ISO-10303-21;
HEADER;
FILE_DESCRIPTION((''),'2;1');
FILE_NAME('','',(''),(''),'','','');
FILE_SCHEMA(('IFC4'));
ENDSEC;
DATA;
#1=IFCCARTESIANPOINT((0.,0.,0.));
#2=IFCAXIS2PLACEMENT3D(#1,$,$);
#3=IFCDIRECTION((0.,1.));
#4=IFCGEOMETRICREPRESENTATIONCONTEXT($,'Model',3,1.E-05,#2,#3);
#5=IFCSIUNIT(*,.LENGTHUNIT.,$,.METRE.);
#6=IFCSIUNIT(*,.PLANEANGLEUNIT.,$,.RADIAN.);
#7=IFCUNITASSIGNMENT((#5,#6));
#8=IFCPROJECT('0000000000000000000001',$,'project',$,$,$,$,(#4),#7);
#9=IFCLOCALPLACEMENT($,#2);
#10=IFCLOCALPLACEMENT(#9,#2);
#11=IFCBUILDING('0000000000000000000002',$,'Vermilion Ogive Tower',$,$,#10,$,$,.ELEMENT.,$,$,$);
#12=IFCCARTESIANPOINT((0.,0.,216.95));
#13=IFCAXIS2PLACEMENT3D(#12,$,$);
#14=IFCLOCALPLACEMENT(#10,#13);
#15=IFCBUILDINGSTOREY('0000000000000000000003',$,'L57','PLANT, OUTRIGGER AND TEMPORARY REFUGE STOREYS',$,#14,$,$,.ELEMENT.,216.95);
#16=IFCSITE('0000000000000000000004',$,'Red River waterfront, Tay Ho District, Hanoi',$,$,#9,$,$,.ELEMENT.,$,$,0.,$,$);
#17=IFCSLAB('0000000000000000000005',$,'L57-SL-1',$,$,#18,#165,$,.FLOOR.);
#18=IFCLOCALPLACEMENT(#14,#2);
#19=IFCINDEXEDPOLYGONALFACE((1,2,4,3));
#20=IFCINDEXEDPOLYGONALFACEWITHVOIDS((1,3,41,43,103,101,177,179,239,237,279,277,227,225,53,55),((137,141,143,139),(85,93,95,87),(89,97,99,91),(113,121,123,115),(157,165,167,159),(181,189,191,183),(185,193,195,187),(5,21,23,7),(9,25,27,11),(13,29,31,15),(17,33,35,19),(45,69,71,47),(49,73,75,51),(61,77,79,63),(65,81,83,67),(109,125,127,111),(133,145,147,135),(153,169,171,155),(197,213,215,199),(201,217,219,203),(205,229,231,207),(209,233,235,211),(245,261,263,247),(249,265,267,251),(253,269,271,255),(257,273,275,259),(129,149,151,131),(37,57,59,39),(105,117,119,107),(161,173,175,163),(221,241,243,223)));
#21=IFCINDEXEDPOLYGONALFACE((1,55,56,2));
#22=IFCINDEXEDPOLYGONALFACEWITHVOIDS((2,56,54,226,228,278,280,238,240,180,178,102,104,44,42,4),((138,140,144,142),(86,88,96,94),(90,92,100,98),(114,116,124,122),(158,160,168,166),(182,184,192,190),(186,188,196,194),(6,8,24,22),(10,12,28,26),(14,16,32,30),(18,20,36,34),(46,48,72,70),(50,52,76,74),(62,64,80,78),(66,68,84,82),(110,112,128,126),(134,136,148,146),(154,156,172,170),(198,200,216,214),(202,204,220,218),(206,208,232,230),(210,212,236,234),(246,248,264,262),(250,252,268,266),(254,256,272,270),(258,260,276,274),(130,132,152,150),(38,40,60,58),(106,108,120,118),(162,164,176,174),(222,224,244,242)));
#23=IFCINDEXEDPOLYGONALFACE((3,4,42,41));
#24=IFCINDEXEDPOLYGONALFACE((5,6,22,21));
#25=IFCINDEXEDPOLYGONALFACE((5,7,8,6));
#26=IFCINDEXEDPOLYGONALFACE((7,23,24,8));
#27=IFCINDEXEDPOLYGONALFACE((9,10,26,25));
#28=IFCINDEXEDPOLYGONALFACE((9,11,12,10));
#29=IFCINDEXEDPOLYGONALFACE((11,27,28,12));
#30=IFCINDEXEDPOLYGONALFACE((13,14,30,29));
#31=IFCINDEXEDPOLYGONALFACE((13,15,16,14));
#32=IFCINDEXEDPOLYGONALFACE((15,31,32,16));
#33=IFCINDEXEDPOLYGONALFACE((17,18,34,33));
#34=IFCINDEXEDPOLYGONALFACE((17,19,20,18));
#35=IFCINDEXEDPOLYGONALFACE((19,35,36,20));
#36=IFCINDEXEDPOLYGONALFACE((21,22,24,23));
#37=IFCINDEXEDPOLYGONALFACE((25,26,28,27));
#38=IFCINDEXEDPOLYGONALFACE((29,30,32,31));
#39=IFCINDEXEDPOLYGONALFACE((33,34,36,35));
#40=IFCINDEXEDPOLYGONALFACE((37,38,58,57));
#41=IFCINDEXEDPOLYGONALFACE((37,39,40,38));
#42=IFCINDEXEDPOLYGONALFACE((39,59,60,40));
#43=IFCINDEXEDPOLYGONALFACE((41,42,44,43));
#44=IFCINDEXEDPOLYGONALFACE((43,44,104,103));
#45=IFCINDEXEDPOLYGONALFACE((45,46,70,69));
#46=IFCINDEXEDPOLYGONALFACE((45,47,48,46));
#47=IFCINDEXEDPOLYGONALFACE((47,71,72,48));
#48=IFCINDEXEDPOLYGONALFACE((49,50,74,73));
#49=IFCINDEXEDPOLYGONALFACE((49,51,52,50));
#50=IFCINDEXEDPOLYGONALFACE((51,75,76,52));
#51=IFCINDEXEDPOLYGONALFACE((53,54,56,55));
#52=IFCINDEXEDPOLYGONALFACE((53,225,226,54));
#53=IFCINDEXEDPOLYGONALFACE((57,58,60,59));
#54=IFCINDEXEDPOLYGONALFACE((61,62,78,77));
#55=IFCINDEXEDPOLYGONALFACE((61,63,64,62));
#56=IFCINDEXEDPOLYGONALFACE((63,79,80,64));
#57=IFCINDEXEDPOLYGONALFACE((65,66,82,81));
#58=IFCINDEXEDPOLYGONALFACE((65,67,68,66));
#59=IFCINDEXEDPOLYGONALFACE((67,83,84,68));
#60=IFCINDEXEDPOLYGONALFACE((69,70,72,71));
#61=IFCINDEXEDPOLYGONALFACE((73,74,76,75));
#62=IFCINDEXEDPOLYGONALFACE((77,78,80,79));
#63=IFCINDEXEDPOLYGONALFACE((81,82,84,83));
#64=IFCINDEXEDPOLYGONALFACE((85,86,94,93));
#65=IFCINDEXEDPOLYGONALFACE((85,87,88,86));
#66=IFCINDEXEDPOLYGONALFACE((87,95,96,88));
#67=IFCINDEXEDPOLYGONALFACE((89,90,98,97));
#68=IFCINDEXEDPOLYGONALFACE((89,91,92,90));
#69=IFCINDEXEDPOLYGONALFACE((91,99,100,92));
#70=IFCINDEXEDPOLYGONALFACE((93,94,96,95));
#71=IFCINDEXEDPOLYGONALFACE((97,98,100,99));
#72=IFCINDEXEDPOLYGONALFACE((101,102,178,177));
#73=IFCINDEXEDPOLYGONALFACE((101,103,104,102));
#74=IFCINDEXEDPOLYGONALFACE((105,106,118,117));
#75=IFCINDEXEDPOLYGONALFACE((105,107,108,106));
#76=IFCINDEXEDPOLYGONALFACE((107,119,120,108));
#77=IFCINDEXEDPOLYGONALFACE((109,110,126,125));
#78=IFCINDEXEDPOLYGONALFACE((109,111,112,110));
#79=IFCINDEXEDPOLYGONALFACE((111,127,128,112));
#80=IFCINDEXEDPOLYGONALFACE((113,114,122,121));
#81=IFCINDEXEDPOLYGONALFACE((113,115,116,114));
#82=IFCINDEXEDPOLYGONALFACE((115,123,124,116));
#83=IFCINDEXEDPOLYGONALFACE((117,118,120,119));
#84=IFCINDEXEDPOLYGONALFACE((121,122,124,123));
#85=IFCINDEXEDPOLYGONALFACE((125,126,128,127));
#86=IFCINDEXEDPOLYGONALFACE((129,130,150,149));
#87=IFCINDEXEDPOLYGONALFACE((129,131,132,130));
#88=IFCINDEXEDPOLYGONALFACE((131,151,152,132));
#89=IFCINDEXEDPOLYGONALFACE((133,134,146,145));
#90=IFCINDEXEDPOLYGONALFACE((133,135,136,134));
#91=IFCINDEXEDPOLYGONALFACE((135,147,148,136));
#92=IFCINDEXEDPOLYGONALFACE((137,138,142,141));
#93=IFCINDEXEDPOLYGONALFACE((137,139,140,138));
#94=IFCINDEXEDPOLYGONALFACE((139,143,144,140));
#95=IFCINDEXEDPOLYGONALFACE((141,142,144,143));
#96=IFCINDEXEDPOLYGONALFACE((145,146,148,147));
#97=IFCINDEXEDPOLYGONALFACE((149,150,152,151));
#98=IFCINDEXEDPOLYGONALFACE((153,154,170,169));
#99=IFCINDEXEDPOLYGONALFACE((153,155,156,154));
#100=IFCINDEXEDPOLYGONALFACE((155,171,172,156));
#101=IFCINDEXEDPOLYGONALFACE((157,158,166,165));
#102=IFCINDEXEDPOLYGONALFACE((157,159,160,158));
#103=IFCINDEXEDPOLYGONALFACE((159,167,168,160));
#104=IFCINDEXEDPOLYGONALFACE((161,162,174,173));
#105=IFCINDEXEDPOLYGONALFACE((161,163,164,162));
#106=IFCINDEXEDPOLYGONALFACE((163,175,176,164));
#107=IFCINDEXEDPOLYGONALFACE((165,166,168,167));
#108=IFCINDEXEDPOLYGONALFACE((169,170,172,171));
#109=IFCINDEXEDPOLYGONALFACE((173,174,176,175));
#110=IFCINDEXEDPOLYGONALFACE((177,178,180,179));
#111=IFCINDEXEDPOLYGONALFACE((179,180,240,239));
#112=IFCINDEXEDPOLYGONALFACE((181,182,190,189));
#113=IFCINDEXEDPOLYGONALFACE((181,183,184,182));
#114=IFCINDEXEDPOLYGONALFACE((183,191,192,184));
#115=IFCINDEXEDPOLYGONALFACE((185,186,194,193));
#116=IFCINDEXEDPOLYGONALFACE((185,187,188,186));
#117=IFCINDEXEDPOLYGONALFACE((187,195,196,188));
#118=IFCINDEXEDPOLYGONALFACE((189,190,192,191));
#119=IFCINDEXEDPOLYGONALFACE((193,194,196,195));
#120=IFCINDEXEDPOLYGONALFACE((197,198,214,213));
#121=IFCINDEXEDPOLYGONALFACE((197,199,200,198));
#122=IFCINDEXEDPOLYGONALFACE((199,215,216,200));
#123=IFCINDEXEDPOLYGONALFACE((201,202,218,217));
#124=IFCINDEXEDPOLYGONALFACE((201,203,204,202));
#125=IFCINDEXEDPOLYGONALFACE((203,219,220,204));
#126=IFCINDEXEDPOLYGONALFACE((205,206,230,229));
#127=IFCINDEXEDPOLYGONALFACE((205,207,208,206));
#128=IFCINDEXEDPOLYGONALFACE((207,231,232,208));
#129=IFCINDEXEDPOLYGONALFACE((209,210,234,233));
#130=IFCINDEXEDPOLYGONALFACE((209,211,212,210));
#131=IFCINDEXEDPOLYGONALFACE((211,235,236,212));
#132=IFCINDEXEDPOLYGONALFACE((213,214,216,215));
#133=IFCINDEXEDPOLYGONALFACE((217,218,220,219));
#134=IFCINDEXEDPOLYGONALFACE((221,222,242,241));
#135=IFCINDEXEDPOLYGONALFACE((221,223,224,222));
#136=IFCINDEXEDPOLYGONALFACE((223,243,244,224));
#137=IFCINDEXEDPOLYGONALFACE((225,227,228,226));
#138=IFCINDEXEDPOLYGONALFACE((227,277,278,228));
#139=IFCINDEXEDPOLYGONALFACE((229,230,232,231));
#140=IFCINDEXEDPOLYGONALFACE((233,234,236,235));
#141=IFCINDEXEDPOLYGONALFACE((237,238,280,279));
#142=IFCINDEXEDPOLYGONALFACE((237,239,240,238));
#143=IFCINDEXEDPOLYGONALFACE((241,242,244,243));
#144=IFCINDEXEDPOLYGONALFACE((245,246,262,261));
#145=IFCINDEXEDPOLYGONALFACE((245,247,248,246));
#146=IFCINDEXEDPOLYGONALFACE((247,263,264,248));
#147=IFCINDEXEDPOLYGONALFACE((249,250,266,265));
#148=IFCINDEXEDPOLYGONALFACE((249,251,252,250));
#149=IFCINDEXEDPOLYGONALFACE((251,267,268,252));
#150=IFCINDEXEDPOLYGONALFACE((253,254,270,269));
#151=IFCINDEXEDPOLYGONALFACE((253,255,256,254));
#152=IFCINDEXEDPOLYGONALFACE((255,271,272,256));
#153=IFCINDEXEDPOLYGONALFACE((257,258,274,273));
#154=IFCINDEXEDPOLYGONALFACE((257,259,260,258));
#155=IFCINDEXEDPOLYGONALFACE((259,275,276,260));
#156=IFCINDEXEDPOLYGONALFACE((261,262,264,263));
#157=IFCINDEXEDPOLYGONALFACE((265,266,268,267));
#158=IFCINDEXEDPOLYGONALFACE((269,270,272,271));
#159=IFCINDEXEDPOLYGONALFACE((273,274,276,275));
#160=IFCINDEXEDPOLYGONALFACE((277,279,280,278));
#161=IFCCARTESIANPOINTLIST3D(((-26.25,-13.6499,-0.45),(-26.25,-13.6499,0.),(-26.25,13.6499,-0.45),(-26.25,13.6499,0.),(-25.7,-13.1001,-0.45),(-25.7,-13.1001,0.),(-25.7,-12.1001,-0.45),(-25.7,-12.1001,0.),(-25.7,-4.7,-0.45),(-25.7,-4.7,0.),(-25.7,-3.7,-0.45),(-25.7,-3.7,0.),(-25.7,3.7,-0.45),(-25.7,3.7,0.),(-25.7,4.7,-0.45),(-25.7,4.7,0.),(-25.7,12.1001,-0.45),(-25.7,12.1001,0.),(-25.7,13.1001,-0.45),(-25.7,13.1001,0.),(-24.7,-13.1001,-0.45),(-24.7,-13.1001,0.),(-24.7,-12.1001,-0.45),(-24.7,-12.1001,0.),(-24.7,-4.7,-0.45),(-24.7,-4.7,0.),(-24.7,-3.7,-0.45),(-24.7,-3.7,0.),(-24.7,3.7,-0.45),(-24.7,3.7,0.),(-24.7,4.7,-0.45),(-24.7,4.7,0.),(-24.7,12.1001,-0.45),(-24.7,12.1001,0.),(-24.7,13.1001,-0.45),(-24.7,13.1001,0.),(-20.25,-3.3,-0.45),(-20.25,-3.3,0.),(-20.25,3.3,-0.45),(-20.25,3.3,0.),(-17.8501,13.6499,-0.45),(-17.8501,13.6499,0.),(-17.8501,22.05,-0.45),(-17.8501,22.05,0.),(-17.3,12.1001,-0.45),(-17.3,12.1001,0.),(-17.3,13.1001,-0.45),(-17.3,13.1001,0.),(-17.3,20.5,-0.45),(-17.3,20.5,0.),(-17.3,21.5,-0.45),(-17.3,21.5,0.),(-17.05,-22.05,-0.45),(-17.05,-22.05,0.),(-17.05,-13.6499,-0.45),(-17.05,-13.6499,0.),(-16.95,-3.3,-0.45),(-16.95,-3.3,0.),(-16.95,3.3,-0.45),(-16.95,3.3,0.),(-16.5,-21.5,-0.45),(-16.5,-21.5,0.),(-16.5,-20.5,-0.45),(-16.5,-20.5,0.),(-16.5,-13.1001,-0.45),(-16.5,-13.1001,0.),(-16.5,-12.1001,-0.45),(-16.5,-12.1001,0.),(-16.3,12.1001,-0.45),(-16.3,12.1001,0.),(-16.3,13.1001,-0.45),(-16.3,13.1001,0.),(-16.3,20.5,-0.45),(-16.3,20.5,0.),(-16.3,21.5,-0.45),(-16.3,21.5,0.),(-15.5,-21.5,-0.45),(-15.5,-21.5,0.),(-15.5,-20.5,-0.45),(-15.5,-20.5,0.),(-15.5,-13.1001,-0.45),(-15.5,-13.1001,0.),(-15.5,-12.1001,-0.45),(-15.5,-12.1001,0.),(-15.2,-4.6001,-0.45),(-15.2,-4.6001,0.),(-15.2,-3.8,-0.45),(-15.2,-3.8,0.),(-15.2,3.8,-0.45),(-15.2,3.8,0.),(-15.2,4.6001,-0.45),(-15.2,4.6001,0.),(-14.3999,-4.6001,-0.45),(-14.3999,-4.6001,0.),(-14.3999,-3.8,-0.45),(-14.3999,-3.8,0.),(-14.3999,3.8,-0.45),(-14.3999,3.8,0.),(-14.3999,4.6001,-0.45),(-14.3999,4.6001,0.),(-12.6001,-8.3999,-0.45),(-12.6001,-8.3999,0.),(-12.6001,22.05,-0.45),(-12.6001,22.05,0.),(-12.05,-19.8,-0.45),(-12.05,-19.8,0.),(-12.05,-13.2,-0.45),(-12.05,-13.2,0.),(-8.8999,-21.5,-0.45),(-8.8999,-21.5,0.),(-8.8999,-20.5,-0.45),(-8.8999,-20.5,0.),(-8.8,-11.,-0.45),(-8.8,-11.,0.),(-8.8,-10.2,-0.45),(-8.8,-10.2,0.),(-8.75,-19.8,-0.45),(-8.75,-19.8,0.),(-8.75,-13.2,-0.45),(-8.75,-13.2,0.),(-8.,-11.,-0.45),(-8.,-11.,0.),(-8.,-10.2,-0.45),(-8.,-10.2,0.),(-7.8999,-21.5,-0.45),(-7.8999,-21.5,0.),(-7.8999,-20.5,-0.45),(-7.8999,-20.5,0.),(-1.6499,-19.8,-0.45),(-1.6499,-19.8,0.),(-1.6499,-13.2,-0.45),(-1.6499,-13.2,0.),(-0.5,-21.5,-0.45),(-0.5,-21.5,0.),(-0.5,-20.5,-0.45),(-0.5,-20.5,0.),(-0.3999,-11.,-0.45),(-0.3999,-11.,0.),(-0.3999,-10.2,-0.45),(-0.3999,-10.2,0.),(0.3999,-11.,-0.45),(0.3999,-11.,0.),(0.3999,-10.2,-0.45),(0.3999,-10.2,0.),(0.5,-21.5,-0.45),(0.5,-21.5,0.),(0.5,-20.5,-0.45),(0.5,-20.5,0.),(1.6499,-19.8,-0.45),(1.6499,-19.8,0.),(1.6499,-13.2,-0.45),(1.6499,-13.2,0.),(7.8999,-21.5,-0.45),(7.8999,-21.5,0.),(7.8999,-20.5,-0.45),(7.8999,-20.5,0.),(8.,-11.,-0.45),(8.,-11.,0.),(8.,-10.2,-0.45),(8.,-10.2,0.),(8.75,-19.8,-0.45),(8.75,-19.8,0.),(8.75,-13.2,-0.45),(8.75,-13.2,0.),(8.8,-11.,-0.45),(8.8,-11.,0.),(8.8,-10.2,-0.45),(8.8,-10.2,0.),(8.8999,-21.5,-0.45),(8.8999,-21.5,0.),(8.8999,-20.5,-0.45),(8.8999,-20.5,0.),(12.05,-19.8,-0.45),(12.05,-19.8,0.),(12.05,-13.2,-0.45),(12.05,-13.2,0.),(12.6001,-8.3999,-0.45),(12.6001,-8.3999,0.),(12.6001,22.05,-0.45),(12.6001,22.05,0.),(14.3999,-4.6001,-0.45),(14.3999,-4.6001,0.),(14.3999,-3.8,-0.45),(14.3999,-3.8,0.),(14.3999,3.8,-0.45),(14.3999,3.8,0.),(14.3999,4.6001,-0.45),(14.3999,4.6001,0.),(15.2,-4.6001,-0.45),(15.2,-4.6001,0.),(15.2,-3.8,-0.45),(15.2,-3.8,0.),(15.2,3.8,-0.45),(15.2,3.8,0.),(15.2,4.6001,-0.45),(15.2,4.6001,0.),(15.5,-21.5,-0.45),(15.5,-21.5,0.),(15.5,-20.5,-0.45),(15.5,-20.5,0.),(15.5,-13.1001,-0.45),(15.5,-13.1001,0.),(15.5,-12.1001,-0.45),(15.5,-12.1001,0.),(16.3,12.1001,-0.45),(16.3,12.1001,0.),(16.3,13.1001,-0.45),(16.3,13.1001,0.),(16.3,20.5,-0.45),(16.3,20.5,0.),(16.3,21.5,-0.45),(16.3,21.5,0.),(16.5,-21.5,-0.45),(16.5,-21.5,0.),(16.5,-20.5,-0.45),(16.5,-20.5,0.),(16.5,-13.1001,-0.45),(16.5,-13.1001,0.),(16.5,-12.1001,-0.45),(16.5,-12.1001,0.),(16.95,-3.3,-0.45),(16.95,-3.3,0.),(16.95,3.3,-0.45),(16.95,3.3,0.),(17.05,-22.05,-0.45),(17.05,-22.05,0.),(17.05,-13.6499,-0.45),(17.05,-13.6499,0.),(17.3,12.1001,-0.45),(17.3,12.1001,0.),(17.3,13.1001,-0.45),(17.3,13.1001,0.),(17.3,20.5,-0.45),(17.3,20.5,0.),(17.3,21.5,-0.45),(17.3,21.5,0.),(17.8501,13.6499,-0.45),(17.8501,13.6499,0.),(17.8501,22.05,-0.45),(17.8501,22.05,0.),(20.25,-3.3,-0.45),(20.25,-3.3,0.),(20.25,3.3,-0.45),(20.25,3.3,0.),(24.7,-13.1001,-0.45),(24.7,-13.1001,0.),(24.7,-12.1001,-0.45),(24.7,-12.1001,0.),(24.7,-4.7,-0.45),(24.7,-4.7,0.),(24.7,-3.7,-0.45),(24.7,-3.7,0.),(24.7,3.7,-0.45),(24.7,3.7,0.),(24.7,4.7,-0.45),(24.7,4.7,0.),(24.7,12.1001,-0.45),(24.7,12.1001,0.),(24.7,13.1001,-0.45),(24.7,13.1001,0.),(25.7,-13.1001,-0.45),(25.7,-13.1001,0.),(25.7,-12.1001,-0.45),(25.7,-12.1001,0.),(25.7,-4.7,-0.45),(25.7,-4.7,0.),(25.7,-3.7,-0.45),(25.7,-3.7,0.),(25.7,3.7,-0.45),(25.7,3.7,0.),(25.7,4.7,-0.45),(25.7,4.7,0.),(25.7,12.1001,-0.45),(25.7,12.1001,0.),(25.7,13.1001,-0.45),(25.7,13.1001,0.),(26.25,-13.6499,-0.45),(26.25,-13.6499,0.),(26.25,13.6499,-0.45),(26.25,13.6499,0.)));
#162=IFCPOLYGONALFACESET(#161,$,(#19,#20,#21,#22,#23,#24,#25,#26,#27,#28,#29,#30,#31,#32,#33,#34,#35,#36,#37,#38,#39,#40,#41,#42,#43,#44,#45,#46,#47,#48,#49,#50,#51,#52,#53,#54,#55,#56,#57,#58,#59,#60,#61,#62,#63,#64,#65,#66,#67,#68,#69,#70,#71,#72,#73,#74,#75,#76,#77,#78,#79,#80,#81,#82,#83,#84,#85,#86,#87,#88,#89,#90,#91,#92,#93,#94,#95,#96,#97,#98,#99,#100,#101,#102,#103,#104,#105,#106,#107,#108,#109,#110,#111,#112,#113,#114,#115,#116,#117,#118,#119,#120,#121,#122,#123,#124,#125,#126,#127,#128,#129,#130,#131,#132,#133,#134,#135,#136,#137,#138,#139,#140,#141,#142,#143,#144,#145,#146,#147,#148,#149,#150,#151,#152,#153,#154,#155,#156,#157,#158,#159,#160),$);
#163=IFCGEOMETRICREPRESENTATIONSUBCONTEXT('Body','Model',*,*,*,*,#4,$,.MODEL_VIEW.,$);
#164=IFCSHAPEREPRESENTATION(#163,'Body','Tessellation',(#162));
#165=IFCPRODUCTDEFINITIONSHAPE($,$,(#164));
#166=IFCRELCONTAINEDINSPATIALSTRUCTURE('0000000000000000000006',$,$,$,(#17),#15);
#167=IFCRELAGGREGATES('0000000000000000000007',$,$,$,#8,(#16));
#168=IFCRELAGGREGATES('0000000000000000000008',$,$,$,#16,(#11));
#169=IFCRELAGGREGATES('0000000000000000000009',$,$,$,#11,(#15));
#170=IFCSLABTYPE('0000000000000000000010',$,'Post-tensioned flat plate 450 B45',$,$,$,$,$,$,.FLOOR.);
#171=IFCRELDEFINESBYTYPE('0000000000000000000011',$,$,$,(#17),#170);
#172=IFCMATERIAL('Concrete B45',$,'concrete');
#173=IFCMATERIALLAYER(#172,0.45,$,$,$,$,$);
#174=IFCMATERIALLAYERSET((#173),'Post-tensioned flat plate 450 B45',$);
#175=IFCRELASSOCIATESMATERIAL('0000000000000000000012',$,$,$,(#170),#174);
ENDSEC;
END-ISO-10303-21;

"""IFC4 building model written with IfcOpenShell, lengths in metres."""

from ifc_helpers import new_model, si_unit, direction, frame, origin, place, context, subcontext, project, spatial, polyline, outline, extrude, material, layer, layer_set, type_object, element, save


model = new_model("IFC4")

# Units and contexts
model_context = context("Model", 3, precision=1e-05, world=origin(), true_north=direction((0.0, 1.0)))
body_context = subcontext(model_context, "Body", "Model", "MODEL_VIEW")
ifc_project = project(units=[si_unit("LENGTHUNIT", "METRE"), si_unit("PLANEANGLEUNIT", "RADIAN")], contexts=[model_context])

# Site, building, storey
site_placement = place(None, origin())
site = spatial("IfcSite", under=ifc_project, at=site_placement, Name="Red River waterfront, Tay Ho District, Hanoi", CompositionType="ELEMENT", RefElevation=0.0)
building_placement = place(site_placement, origin())
building = spatial("IfcBuilding", under=site, at=building_placement, Name="Vermilion Ogive Tower", CompositionType="ELEMENT")
storey_placement = place(building_placement, frame((0.0, 0.0, 216.95)))
storey = spatial("IfcBuildingStorey", under=building, at=storey_placement, Name="L57", Description="PLANT, OUTRIGGER AND TEMPORARY REFUGE STOREYS", CompositionType="ELEMENT", Elevation=216.95)

# Slab
ifc_material_1 = material(Name="Concrete B45", Category="concrete")
ifc_layer_1 = layer(ifc_material_1, 0.45)
ifc_layer_set_1 = layer_set([ifc_layer_1], Name="Post-tensioned flat plate 450 B45")
slab_type_1 = type_object("IfcSlabType", Name="Post-tensioned flat plate 450 B45", PredefinedType="FLOOR", material=ifc_layer_set_1)
slab_1_placement = place(storey_placement, frame((0.0, 0.0, -0.45)))
element("IfcSlab", 1, at=slab_1_placement, inside=storey, type_object=slab_type_1, Name="L57-SL-1", PredefinedType="FLOOR", context=body_context, shape_type="SweptSolid", body=[
    extrude(outline(polyline([(-17.05, -13.6499), (-26.25, -13.6499), (-26.25, 13.6499), (-17.8501, 13.6499), (-17.8501, 22.05), (-12.6001, 22.05), (-12.6001, -8.3999), (12.6001, -8.3999), (12.6001, 22.05), (17.8501, 22.05), (17.8501, 13.6499), (26.25, 13.6499), (26.25, -13.6499), (17.05, -13.6499), (17.05, -22.05), (-17.05, -22.05), (-17.05, -13.6499)]), holes=[polyline([(25.7, 12.1001), (25.7, 13.1001), (24.7, 13.1001), (24.7, 12.1001), (25.7, 12.1001)]), polyline([(25.7, 3.7), (25.7, 4.7), (24.7, 4.7), (24.7, 3.7), (25.7, 3.7)]), polyline([(25.7, -4.7), (25.7, -3.7), (24.7, -3.7), (24.7, -4.7), (25.7, -4.7)]), polyline([(25.7, -13.1001), (25.7, -12.1001), (24.7, -12.1001), (24.7, -13.1001), (25.7, -13.1001)]), polyline([(20.25, -3.3), (20.25, 3.3), (16.95, 3.3), (16.95, -3.3), (20.25, -3.3)]), polyline([(17.3, 12.1001), (17.3, 13.1001), (16.3, 13.1001), (16.3, 12.1001), (17.3, 12.1001)]), polyline([(17.3, 20.5), (17.3, 21.5), (16.3, 21.5), (16.3, 20.5), (17.3, 20.5)]), polyline([(16.5, -13.1001), (16.5, -12.1001), (15.5, -12.1001), (15.5, -13.1001), (16.5, -13.1001)]), polyline([(16.5, -21.5), (16.5, -20.5), (15.5, -20.5), (15.5, -21.5), (16.5, -21.5)]), polyline([(15.2, 3.8), (15.2, 4.6001), (14.3999, 4.6001), (14.3999, 3.8), (15.2, 3.8)]), polyline([(15.2, -4.6001), (15.2, -3.8), (14.3999, -3.8), (14.3999, -4.6001), (15.2, -4.6001)]), polyline([(12.05, -19.8), (12.05, -13.2), (8.75, -13.2), (8.75, -19.8), (12.05, -19.8)]), polyline([(8.8999, -21.5), (8.8999, -20.5), (7.8999, -20.5), (7.8999, -21.5), (8.8999, -21.5)]), polyline([(8.8, -11.0), (8.8, -10.2), (8.0, -10.2), (8.0, -11.0), (8.8, -11.0)]), polyline([(1.6499, -19.8), (1.6499, -13.2), (-1.6499, -13.2), (-1.6499, -19.8), (1.6499, -19.8)]), polyline([(0.5, -21.5), (0.5, -20.5), (-0.5, -20.5), (-0.5, -21.5), (0.5, -21.5)]), polyline([(0.3999, -11.0), (0.3999, -10.2), (-0.3999, -10.2), (-0.3999, -11.0), (0.3999, -11.0)]), polyline([(-7.8999, -21.5), (-7.8999, -20.5), (-8.8999, -20.5), (-8.8999, -21.5), (-7.8999, -21.5)]), polyline([(-8.0, -11.0), (-8.0, -10.2), (-8.8, -10.2), (-8.8, -11.0), (-8.0, -11.0)]), polyline([(-8.75, -19.8), (-8.75, -13.2), (-12.05, -13.2), (-12.05, -19.8), (-8.75, -19.8)]), polyline([(-14.3999, 3.8), (-14.3999, 4.6001), (-15.2, 4.6001), (-15.2, 3.8), (-14.3999, 3.8)]), polyline([(-14.3999, -4.6001), (-14.3999, -3.8), (-15.2, -3.8), (-15.2, -4.6001), (-14.3999, -4.6001)]), polyline([(-15.5, -13.1001), (-15.5, -12.1001), (-16.5, -12.1001), (-16.5, -13.1001), (-15.5, -13.1001)]), polyline([(-15.5, -21.5), (-15.5, -20.5), (-16.5, -20.5), (-16.5, -21.5), (-15.5, -21.5)]), polyline([(-16.3, 20.5), (-16.3, 21.5), (-17.3, 21.5), (-17.3, 20.5), (-16.3, 20.5)]), polyline([(-16.3, 12.1001), (-16.3, 13.1001), (-17.3, 13.1001), (-17.3, 12.1001), (-16.3, 12.1001)]), polyline([(-16.95, -3.3), (-16.95, 3.3), (-20.25, 3.3), (-20.25, -3.3), (-16.95, -3.3)]), polyline([(-24.7, -13.1001), (-24.7, -12.1001), (-25.7, -12.1001), (-25.7, -13.1001), (-24.7, -13.1001)]), polyline([(-24.7, 12.1001), (-24.7, 13.1001), (-25.7, 13.1001), (-25.7, 12.1001), (-24.7, 12.1001)]), polyline([(-24.7, 3.7), (-24.7, 4.7), (-25.7, 4.7), (-25.7, 3.7), (-24.7, 3.7)]), polyline([(-24.7, -4.7), (-24.7, -3.7), (-25.7, -3.7), (-25.7, -4.7), (-24.7, -4.7)])]), origin(), (0.0, 0.0, 1.0), 0.45),
])

save(model, "model.ifc")
